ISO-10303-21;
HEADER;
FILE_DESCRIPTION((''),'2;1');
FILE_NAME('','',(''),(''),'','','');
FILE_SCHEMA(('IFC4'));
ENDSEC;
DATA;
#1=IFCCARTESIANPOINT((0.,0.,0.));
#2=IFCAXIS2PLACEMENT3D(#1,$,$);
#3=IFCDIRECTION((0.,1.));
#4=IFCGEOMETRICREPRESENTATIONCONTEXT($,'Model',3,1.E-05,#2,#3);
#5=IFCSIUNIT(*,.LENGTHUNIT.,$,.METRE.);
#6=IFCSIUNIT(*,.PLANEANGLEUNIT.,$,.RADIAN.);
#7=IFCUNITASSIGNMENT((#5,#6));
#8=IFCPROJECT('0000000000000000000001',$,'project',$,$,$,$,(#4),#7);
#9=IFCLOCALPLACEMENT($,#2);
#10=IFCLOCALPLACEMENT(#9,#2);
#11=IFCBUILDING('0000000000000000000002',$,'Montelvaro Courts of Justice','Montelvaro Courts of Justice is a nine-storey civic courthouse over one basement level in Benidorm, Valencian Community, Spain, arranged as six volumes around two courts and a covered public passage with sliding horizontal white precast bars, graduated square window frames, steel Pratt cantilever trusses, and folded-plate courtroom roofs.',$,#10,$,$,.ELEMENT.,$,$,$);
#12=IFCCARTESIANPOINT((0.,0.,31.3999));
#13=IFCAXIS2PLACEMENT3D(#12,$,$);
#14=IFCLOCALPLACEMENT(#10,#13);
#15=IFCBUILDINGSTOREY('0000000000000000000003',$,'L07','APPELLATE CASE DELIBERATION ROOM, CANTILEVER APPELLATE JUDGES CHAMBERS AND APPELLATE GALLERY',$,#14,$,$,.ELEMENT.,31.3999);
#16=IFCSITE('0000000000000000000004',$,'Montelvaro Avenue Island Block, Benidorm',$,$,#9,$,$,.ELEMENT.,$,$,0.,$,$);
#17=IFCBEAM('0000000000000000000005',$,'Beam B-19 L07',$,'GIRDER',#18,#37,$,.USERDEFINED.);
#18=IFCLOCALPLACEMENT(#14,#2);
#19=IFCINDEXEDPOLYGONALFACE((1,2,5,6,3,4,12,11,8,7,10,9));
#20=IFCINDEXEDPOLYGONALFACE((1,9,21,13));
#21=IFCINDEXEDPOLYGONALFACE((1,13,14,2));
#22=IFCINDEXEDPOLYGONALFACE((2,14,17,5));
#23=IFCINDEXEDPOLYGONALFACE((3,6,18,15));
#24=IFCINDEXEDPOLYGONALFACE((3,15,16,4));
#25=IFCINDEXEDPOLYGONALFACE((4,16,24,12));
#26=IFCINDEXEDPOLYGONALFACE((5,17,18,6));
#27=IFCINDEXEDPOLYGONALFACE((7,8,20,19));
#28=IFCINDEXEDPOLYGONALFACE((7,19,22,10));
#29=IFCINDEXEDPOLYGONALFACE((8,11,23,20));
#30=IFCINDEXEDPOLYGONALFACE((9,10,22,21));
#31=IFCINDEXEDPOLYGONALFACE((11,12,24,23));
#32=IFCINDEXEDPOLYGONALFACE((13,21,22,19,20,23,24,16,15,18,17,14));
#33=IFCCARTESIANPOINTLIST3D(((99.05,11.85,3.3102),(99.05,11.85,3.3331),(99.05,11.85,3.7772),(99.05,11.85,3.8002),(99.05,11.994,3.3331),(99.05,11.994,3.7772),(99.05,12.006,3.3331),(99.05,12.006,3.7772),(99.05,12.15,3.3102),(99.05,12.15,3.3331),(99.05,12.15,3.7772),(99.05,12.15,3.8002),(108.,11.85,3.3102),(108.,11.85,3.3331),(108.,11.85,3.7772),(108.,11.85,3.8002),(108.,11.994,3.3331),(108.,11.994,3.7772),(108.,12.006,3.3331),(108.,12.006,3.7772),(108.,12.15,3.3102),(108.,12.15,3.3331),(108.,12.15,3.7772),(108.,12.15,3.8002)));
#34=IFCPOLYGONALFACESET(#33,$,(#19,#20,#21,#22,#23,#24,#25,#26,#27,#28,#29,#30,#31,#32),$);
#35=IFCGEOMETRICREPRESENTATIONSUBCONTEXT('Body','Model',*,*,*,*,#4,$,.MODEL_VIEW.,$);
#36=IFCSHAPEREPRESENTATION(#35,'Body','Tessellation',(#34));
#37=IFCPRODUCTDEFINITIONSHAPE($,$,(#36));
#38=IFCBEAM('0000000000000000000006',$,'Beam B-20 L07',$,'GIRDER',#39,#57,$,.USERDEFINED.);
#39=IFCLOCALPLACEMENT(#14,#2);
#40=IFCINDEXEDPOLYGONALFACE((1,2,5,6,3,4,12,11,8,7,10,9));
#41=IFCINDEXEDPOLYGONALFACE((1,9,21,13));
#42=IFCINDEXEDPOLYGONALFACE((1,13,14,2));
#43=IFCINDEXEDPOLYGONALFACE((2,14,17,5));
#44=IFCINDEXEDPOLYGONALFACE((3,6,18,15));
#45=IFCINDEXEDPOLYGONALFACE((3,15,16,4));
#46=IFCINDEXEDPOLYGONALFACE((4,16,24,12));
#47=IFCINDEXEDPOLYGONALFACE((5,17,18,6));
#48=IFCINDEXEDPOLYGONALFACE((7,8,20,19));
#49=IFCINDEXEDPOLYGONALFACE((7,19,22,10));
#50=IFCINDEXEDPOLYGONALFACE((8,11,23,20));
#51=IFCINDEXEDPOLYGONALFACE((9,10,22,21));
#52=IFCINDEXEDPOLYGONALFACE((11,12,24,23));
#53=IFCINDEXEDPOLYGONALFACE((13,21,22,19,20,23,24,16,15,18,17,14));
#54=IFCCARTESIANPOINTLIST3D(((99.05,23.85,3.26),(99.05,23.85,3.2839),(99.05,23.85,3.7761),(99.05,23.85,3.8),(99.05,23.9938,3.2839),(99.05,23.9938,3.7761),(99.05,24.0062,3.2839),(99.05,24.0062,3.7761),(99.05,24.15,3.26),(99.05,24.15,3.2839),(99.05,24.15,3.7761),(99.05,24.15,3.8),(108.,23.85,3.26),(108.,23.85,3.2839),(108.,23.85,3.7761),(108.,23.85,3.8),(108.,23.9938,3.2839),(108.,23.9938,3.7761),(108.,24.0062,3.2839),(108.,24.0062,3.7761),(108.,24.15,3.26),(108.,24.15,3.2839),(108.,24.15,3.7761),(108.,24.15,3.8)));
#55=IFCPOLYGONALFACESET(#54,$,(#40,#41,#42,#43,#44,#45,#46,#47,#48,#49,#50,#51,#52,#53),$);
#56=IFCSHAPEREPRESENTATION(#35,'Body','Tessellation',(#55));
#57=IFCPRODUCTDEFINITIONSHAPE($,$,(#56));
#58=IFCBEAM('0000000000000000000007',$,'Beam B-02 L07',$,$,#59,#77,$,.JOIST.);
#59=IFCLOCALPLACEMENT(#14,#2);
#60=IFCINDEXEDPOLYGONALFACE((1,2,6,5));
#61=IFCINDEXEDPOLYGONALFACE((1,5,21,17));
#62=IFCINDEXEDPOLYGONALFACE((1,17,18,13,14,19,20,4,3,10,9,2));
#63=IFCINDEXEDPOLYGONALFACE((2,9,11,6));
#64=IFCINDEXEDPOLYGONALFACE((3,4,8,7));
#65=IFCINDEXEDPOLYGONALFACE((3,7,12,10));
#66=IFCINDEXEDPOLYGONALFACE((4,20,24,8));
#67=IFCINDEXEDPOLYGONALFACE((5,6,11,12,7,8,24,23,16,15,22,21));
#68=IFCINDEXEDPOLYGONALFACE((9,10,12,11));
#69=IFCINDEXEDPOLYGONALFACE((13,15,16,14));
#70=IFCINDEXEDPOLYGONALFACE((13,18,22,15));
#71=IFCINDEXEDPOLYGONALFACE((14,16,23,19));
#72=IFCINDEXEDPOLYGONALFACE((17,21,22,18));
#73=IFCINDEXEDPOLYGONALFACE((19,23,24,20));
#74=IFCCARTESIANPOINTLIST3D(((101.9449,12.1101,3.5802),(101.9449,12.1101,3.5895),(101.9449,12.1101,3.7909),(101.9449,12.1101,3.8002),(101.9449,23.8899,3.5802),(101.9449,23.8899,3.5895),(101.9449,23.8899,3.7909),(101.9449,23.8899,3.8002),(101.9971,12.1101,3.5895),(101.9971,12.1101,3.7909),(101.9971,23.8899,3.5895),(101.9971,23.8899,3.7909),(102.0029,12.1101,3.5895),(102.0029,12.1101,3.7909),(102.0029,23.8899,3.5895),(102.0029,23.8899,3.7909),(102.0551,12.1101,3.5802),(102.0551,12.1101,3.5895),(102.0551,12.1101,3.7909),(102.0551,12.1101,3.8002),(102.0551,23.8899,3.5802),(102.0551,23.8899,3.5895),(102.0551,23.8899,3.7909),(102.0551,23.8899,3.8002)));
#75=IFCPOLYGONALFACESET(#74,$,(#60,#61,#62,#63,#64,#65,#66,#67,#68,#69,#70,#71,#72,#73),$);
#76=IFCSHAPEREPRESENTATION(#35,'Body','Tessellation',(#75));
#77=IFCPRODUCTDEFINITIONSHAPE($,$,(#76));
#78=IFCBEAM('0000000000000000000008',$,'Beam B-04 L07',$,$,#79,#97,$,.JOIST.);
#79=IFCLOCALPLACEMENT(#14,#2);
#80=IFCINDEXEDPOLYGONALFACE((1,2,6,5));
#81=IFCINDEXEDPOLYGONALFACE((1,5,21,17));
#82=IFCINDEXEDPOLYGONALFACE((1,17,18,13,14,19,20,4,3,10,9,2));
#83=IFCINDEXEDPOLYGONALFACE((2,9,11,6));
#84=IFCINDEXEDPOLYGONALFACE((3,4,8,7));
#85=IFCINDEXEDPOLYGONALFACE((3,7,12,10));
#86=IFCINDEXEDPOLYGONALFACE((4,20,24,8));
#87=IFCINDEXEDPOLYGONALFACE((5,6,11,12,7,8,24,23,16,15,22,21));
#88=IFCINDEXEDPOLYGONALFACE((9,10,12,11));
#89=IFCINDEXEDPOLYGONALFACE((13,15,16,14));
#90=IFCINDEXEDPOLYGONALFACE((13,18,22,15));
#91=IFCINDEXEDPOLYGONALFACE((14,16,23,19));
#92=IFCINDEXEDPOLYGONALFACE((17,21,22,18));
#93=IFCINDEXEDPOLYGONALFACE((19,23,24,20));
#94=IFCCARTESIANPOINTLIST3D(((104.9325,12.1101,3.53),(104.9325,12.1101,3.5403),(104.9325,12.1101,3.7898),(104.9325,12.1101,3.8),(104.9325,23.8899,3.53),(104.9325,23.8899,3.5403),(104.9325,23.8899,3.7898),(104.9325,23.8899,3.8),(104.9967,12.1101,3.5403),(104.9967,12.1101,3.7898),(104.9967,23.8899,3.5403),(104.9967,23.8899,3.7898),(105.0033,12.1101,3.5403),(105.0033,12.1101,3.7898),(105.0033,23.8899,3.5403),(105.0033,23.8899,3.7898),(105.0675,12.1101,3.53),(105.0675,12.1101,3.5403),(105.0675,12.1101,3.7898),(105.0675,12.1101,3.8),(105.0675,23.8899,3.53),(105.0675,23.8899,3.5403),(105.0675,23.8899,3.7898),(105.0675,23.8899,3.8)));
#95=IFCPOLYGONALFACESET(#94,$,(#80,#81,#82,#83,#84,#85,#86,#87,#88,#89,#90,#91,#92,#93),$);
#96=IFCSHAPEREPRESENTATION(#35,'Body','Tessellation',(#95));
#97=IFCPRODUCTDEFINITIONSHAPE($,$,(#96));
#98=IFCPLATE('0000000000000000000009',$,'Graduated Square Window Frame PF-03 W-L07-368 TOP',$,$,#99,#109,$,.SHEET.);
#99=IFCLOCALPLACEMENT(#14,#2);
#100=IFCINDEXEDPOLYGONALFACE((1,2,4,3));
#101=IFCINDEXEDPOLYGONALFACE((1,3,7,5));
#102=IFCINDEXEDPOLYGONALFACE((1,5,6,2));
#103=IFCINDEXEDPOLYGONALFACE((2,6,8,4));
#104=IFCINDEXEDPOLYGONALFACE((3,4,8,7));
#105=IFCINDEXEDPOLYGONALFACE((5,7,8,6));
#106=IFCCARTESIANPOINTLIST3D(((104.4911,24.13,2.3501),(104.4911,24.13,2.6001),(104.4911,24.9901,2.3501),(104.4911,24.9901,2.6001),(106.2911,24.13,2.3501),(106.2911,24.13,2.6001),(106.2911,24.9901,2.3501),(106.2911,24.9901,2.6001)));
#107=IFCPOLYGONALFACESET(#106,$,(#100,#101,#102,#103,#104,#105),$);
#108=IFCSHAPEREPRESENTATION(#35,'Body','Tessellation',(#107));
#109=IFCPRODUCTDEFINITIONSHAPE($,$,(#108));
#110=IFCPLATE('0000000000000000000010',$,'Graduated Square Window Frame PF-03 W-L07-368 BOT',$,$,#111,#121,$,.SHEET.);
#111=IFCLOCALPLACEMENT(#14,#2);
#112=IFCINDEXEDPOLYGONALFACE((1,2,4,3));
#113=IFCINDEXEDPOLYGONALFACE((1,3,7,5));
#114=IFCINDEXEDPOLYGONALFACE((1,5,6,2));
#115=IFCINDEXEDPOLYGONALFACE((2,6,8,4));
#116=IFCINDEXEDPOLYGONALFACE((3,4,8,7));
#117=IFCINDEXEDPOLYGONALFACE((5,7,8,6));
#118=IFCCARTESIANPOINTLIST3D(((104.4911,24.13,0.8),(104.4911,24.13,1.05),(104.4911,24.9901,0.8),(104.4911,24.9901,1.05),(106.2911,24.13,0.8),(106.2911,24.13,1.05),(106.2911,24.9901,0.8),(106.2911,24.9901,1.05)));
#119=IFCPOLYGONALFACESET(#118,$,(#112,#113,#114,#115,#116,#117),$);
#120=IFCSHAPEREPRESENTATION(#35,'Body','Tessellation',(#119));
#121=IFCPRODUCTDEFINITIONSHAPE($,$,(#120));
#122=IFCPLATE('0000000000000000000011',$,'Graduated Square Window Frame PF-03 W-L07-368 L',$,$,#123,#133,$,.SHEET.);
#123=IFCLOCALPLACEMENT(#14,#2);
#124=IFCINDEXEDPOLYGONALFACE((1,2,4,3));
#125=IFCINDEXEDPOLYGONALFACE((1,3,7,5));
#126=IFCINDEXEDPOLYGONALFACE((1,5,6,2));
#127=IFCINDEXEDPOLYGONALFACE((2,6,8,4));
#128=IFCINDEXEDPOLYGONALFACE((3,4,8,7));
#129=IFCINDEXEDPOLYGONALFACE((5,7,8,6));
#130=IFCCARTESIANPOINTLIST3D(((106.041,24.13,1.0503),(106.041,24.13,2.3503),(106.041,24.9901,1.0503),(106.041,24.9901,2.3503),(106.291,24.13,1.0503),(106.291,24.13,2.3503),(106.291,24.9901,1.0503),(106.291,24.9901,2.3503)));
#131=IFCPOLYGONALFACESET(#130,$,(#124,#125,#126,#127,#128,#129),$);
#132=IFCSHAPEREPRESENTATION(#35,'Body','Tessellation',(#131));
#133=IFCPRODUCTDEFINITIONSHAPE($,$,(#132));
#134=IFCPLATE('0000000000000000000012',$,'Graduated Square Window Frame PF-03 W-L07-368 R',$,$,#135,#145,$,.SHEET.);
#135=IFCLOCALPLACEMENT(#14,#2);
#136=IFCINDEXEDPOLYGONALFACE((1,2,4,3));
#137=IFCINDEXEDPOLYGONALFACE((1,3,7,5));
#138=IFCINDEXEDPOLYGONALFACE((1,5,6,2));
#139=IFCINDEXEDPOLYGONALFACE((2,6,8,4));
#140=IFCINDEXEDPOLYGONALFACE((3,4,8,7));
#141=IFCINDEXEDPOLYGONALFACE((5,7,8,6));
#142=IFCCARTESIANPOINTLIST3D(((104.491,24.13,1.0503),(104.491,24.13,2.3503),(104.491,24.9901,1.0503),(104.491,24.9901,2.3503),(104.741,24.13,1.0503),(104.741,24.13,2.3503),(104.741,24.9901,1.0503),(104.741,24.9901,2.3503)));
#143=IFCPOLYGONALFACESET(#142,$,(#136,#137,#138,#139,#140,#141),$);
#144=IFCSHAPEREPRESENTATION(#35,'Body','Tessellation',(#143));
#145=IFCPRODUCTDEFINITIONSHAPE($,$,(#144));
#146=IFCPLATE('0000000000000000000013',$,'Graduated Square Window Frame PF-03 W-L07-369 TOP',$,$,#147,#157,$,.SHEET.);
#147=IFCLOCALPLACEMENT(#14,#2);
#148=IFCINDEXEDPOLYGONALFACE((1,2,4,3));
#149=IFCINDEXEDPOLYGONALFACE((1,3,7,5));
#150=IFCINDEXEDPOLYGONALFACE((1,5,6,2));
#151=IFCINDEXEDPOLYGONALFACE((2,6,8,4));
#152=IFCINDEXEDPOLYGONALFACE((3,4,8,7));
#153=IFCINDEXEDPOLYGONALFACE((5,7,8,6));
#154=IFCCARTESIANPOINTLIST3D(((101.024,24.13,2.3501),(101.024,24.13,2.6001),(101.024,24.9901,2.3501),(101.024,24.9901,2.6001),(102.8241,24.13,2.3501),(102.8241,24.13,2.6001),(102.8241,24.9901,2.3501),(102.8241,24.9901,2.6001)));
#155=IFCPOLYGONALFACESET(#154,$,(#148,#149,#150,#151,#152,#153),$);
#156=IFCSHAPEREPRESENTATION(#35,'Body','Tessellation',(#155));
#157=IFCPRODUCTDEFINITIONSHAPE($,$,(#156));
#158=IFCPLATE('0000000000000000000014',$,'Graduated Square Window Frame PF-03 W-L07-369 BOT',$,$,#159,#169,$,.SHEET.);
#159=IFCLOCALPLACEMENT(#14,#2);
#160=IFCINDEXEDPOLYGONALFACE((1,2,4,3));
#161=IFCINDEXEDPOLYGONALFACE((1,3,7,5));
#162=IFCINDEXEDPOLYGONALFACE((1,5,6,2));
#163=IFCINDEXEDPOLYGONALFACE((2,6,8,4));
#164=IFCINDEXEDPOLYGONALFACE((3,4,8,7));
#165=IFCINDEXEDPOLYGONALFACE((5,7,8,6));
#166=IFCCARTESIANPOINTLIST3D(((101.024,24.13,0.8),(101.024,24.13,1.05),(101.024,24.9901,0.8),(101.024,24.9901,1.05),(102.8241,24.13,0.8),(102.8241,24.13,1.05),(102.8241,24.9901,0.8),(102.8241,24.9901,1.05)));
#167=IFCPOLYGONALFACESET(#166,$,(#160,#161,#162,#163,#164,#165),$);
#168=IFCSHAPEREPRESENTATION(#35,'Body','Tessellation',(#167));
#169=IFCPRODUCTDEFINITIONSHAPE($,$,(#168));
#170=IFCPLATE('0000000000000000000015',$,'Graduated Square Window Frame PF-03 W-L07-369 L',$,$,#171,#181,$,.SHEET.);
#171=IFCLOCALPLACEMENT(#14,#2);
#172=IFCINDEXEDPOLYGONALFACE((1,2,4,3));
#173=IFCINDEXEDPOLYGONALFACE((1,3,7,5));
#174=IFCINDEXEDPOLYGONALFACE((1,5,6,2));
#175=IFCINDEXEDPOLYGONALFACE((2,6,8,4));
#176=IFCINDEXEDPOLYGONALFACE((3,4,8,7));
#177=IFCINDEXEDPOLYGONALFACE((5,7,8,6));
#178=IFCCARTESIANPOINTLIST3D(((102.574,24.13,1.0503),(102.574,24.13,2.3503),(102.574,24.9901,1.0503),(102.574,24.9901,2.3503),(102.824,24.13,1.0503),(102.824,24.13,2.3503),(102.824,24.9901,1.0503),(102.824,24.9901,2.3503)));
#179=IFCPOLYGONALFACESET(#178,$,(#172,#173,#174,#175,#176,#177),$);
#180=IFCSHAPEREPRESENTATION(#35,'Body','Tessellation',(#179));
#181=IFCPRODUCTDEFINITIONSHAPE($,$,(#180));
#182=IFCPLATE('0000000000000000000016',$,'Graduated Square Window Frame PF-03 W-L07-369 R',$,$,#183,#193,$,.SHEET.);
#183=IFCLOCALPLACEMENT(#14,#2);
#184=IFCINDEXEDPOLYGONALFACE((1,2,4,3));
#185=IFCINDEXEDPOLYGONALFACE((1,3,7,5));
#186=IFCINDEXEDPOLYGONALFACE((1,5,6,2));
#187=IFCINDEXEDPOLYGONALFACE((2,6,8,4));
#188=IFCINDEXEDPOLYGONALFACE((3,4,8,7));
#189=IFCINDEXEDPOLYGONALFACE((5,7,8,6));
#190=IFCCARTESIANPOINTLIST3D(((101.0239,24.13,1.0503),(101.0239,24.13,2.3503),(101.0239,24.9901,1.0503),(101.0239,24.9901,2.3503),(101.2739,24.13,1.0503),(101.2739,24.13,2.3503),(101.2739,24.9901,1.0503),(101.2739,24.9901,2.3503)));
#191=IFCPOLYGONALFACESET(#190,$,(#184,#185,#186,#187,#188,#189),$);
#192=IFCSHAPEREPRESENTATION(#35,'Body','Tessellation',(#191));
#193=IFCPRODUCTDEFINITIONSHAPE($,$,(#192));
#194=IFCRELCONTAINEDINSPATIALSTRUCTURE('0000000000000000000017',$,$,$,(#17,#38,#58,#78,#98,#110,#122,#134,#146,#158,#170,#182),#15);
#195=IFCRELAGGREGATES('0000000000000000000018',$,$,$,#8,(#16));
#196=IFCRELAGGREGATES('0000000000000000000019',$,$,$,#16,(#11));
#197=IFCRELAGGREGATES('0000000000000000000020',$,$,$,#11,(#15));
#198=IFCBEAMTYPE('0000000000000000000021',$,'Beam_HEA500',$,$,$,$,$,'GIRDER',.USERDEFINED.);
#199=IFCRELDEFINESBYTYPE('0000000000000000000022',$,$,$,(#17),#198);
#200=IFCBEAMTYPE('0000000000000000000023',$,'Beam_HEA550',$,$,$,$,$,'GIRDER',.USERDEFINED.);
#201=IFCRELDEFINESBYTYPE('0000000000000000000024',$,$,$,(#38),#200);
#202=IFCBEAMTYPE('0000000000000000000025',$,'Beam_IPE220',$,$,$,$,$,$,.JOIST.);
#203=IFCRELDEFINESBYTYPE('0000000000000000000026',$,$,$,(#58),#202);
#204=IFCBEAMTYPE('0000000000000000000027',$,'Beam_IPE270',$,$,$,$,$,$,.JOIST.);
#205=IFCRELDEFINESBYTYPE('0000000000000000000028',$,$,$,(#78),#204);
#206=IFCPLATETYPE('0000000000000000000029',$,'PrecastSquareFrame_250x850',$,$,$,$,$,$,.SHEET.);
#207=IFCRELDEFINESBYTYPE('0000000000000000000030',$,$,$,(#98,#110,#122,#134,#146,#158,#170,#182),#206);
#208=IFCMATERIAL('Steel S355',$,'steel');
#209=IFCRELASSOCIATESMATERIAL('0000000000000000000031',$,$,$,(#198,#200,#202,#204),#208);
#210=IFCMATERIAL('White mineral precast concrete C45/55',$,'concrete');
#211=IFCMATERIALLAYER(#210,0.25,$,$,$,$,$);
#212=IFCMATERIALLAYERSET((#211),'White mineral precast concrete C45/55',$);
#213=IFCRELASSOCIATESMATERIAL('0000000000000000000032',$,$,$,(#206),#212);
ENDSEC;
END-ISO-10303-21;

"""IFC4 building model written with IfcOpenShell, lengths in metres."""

from ifc_helpers import new_model, si_unit, direction, frame, origin, origin_2d, place, context, subcontext, project, spatial, rectangle, i_section, extrude, material, layer, layer_set, material_profile, profile_set, type_object, element, save


model = new_model("IFC4")

# Units and contexts
model_context = context("Model", 3, precision=1e-05, world=origin(), true_north=direction((0.0, 1.0)))
body_context = subcontext(model_context, "Body", "Model", "MODEL_VIEW")
ifc_project = project(units=[si_unit("LENGTHUNIT", "METRE"), si_unit("PLANEANGLEUNIT", "RADIAN")], contexts=[model_context])

# Site, building, storey
site_placement = place(None, origin())
site = spatial("IfcSite", under=ifc_project, at=site_placement, Name="Montelvaro Avenue Island Block, Benidorm", CompositionType="ELEMENT", RefElevation=0.0)
building_placement = place(site_placement, origin())
building = spatial("IfcBuilding", under=site, at=building_placement, Name="Montelvaro Courts of Justice", Description="Montelvaro Courts of Justice is a nine-storey civic courthouse over one basement level in Benidorm, Valencian Community, Spain, arranged as six volumes around two courts and a covered public passage with sliding horizontal white precast bars, graduated square window frames, steel Pratt cantilever trusses, and folded-plate courtroom roofs.", CompositionType="ELEMENT")
storey_placement = place(building_placement, frame((0.0, 0.0, 31.3999)))
storey = spatial("IfcBuildingStorey", under=building, at=storey_placement, Name="L07", Description="APPELLATE CASE DELIBERATION ROOM, CANTILEVER APPELLATE JUDGES CHAMBERS AND APPELLATE GALLERY", CompositionType="ELEMENT", Elevation=31.3999)

# Beams
ifc_material_1 = material(Name="Steel S355", Category="steel")
ifc_material_profile_1 = material_profile(ifc_material_1, i_section(OverallWidth=0.3, OverallDepth=0.49, WebThickness=0.012, FlangeThickness=0.0229, at=origin_2d()), Name="HEA 500")
ifc_profile_set_1 = profile_set([ifc_material_profile_1], Name="Steel S355")
beam_type_1 = type_object("IfcBeamType", Name="Beam_HEA500", ElementType="GIRDER", PredefinedType="USERDEFINED", material=ifc_profile_set_1)
beam_1_placement = place(storey_placement, frame((99.05, 12.0, 3.5552), z_axis=(1.0, 0.0, 0.0), x_axis=(0.0, 1.0, 0.0)))
element("IfcBeam", 1, at=beam_1_placement, inside=storey, type_object=beam_type_1, Name="Beam B-19 L07", ObjectType="GIRDER", PredefinedType="USERDEFINED", context=body_context, shape_type="SweptSolid", body=[
    extrude(i_section(OverallWidth=0.3, OverallDepth=0.49, WebThickness=0.012, FlangeThickness=0.0229, at=origin_2d()), origin(), (0.0, 0.0, 1.0), 8.95),
])
ifc_material_profile_2 = material_profile(ifc_material_1, i_section(OverallWidth=0.3, OverallDepth=0.54, WebThickness=0.0125, FlangeThickness=0.0239, at=origin_2d()), Name="HEA 550")
ifc_profile_set_2 = profile_set([ifc_material_profile_2], Name="Steel S355")
beam_type_2 = type_object("IfcBeamType", Name="Beam_HEA550", ElementType="GIRDER", PredefinedType="USERDEFINED", material=ifc_profile_set_2)
beam_2_placement = place(storey_placement, frame((99.05, 24.0, 3.53), z_axis=(1.0, 0.0, 0.0), x_axis=(0.0, 1.0, 0.0)))
element("IfcBeam", 2, at=beam_2_placement, inside=storey, type_object=beam_type_2, Name="Beam B-20 L07", ObjectType="GIRDER", PredefinedType="USERDEFINED", context=body_context, shape_type="SweptSolid", body=[
    extrude(i_section(OverallWidth=0.3, OverallDepth=0.54, WebThickness=0.0125, FlangeThickness=0.0239, at=origin_2d()), origin(), (0.0, 0.0, 1.0), 8.95),
])
ifc_material_profile_3 = material_profile(ifc_material_1, i_section(OverallWidth=0.1101, OverallDepth=0.22, WebThickness=0.0059, FlangeThickness=0.0093, at=origin_2d()), Name="IPE 220")
ifc_profile_set_3 = profile_set([ifc_material_profile_3], Name="Steel S355")
beam_type_3 = type_object("IfcBeamType", Name="Beam_IPE220", PredefinedType="JOIST", material=ifc_profile_set_3)
beam_3_placement = place(storey_placement, frame((102.0, 12.1101, 3.6902), z_axis=(0.0, 1.0, 0.0), x_axis=(-1.0, 0.0, 0.0)))
element("IfcBeam", 3, at=beam_3_placement, inside=storey, type_object=beam_type_3, Name="Beam B-02 L07", PredefinedType="JOIST", context=body_context, shape_type="SweptSolid", body=[
    extrude(i_section(OverallWidth=0.1101, OverallDepth=0.22, WebThickness=0.0059, FlangeThickness=0.0093, at=origin_2d()), origin(), (0.0, 0.0, 1.0), 11.7798),
])
ifc_material_profile_4 = material_profile(ifc_material_1, i_section(OverallWidth=0.135, OverallDepth=0.27, WebThickness=0.0066, FlangeThickness=0.0103, at=origin_2d()), Name="IPE 270")
ifc_profile_set_4 = profile_set([ifc_material_profile_4], Name="Steel S355")
beam_type_4 = type_object("IfcBeamType", Name="Beam_IPE270", PredefinedType="JOIST", material=ifc_profile_set_4)
beam_4_placement = place(storey_placement, frame((105.0, 12.1101, 3.665), z_axis=(0.0, 1.0, 0.0), x_axis=(-1.0, 0.0, 0.0)))
element("IfcBeam", 4, at=beam_4_placement, inside=storey, type_object=beam_type_4, Name="Beam B-04 L07", PredefinedType="JOIST", context=body_context, shape_type="SweptSolid", body=[
    extrude(i_section(OverallWidth=0.135, OverallDepth=0.27, WebThickness=0.0066, FlangeThickness=0.0103, at=origin_2d()), origin(), (0.0, 0.0, 1.0), 11.7798),
])

# Plates
ifc_material_2 = material(Name="White mineral precast concrete C45/55", Category="concrete")
ifc_layer_1 = layer(ifc_material_2, 0.25)
ifc_layer_set_1 = layer_set([ifc_layer_1], Name="White mineral precast concrete C45/55")
plate_type = type_object("IfcPlateType", Name="PrecastSquareFrame_250x850", PredefinedType="SHEET", material=ifc_layer_set_1)
for number, where, z_axis, x_axis, name in (
    (5, (105.3911, 24.5601, 2.3501), (0.0, 0.0, 1.0), (-1.0, 0.0, 0.0), "Graduated Square Window Frame PF-03 W-L07-368 TOP"),
    (6, (105.3911, 24.5601, 0.8), (0.0, 0.0, 1.0), (-1.0, 0.0, 0.0), "Graduated Square Window Frame PF-03 W-L07-368 BOT"),
):
    element("IfcPlate", number, at=place(storey_placement, frame(where, z_axis=z_axis, x_axis=x_axis)), inside=storey, type_object=plate_type, Name=name, PredefinedType="SHEET", context=body_context, shape_type="SweptSolid", body=[
        extrude(rectangle(XDim=1.8, YDim=0.8601, at=origin_2d()), origin(), (0.0, 0.0, 1.0), 0.25),
    ])
for number, where, z_axis, x_axis, name in (
    (7, (106.166, 24.5601, 1.0503), (0.0, 0.0, 1.0), (-1.0, 0.0, 0.0), "Graduated Square Window Frame PF-03 W-L07-368 L"),
    (8, (104.616, 24.5601, 1.0503), (0.0, 0.0, 1.0), (-1.0, 0.0, 0.0), "Graduated Square Window Frame PF-03 W-L07-368 R"),
):
    element("IfcPlate", number, at=place(storey_placement, frame(where, z_axis=z_axis, x_axis=x_axis)), inside=storey, type_object=plate_type, Name=name, PredefinedType="SHEET", context=body_context, shape_type="SweptSolid", body=[
        extrude(rectangle(XDim=0.25, YDim=0.8601, at=origin_2d()), origin(), (0.0, 0.0, 1.0), 1.3),
    ])
for number, where, z_axis, x_axis, name in (
    (9, (101.9241, 24.5601, 2.3501), (0.0, 0.0, 1.0), (-1.0, 0.0, 0.0), "Graduated Square Window Frame PF-03 W-L07-369 TOP"),
    (10, (101.9241, 24.5601, 0.8), (0.0, 0.0, 1.0), (-1.0, 0.0, 0.0), "Graduated Square Window Frame PF-03 W-L07-369 BOT"),
):
    element("IfcPlate", number, at=place(storey_placement, frame(where, z_axis=z_axis, x_axis=x_axis)), inside=storey, type_object=plate_type, Name=name, PredefinedType="SHEET", context=body_context, shape_type="SweptSolid", body=[
        extrude(rectangle(XDim=1.8, YDim=0.8601, at=origin_2d()), origin(), (0.0, 0.0, 1.0), 0.25),
    ])
for number, where, z_axis, x_axis, name in (
    (11, (102.699, 24.5601, 1.0503), (0.0, 0.0, 1.0), (-1.0, 0.0, 0.0), "Graduated Square Window Frame PF-03 W-L07-369 L"),
    (12, (101.1489, 24.5601, 1.0503), (0.0, 0.0, 1.0), (-1.0, 0.0, 0.0), "Graduated Square Window Frame PF-03 W-L07-369 R"),
):
    element("IfcPlate", number, at=place(storey_placement, frame(where, z_axis=z_axis, x_axis=x_axis)), inside=storey, type_object=plate_type, Name=name, PredefinedType="SHEET", context=body_context, shape_type="SweptSolid", body=[
        extrude(rectangle(XDim=0.25, YDim=0.8601, at=origin_2d()), origin(), (0.0, 0.0, 1.0), 1.3),
    ])

save(model, "model.ifc")
